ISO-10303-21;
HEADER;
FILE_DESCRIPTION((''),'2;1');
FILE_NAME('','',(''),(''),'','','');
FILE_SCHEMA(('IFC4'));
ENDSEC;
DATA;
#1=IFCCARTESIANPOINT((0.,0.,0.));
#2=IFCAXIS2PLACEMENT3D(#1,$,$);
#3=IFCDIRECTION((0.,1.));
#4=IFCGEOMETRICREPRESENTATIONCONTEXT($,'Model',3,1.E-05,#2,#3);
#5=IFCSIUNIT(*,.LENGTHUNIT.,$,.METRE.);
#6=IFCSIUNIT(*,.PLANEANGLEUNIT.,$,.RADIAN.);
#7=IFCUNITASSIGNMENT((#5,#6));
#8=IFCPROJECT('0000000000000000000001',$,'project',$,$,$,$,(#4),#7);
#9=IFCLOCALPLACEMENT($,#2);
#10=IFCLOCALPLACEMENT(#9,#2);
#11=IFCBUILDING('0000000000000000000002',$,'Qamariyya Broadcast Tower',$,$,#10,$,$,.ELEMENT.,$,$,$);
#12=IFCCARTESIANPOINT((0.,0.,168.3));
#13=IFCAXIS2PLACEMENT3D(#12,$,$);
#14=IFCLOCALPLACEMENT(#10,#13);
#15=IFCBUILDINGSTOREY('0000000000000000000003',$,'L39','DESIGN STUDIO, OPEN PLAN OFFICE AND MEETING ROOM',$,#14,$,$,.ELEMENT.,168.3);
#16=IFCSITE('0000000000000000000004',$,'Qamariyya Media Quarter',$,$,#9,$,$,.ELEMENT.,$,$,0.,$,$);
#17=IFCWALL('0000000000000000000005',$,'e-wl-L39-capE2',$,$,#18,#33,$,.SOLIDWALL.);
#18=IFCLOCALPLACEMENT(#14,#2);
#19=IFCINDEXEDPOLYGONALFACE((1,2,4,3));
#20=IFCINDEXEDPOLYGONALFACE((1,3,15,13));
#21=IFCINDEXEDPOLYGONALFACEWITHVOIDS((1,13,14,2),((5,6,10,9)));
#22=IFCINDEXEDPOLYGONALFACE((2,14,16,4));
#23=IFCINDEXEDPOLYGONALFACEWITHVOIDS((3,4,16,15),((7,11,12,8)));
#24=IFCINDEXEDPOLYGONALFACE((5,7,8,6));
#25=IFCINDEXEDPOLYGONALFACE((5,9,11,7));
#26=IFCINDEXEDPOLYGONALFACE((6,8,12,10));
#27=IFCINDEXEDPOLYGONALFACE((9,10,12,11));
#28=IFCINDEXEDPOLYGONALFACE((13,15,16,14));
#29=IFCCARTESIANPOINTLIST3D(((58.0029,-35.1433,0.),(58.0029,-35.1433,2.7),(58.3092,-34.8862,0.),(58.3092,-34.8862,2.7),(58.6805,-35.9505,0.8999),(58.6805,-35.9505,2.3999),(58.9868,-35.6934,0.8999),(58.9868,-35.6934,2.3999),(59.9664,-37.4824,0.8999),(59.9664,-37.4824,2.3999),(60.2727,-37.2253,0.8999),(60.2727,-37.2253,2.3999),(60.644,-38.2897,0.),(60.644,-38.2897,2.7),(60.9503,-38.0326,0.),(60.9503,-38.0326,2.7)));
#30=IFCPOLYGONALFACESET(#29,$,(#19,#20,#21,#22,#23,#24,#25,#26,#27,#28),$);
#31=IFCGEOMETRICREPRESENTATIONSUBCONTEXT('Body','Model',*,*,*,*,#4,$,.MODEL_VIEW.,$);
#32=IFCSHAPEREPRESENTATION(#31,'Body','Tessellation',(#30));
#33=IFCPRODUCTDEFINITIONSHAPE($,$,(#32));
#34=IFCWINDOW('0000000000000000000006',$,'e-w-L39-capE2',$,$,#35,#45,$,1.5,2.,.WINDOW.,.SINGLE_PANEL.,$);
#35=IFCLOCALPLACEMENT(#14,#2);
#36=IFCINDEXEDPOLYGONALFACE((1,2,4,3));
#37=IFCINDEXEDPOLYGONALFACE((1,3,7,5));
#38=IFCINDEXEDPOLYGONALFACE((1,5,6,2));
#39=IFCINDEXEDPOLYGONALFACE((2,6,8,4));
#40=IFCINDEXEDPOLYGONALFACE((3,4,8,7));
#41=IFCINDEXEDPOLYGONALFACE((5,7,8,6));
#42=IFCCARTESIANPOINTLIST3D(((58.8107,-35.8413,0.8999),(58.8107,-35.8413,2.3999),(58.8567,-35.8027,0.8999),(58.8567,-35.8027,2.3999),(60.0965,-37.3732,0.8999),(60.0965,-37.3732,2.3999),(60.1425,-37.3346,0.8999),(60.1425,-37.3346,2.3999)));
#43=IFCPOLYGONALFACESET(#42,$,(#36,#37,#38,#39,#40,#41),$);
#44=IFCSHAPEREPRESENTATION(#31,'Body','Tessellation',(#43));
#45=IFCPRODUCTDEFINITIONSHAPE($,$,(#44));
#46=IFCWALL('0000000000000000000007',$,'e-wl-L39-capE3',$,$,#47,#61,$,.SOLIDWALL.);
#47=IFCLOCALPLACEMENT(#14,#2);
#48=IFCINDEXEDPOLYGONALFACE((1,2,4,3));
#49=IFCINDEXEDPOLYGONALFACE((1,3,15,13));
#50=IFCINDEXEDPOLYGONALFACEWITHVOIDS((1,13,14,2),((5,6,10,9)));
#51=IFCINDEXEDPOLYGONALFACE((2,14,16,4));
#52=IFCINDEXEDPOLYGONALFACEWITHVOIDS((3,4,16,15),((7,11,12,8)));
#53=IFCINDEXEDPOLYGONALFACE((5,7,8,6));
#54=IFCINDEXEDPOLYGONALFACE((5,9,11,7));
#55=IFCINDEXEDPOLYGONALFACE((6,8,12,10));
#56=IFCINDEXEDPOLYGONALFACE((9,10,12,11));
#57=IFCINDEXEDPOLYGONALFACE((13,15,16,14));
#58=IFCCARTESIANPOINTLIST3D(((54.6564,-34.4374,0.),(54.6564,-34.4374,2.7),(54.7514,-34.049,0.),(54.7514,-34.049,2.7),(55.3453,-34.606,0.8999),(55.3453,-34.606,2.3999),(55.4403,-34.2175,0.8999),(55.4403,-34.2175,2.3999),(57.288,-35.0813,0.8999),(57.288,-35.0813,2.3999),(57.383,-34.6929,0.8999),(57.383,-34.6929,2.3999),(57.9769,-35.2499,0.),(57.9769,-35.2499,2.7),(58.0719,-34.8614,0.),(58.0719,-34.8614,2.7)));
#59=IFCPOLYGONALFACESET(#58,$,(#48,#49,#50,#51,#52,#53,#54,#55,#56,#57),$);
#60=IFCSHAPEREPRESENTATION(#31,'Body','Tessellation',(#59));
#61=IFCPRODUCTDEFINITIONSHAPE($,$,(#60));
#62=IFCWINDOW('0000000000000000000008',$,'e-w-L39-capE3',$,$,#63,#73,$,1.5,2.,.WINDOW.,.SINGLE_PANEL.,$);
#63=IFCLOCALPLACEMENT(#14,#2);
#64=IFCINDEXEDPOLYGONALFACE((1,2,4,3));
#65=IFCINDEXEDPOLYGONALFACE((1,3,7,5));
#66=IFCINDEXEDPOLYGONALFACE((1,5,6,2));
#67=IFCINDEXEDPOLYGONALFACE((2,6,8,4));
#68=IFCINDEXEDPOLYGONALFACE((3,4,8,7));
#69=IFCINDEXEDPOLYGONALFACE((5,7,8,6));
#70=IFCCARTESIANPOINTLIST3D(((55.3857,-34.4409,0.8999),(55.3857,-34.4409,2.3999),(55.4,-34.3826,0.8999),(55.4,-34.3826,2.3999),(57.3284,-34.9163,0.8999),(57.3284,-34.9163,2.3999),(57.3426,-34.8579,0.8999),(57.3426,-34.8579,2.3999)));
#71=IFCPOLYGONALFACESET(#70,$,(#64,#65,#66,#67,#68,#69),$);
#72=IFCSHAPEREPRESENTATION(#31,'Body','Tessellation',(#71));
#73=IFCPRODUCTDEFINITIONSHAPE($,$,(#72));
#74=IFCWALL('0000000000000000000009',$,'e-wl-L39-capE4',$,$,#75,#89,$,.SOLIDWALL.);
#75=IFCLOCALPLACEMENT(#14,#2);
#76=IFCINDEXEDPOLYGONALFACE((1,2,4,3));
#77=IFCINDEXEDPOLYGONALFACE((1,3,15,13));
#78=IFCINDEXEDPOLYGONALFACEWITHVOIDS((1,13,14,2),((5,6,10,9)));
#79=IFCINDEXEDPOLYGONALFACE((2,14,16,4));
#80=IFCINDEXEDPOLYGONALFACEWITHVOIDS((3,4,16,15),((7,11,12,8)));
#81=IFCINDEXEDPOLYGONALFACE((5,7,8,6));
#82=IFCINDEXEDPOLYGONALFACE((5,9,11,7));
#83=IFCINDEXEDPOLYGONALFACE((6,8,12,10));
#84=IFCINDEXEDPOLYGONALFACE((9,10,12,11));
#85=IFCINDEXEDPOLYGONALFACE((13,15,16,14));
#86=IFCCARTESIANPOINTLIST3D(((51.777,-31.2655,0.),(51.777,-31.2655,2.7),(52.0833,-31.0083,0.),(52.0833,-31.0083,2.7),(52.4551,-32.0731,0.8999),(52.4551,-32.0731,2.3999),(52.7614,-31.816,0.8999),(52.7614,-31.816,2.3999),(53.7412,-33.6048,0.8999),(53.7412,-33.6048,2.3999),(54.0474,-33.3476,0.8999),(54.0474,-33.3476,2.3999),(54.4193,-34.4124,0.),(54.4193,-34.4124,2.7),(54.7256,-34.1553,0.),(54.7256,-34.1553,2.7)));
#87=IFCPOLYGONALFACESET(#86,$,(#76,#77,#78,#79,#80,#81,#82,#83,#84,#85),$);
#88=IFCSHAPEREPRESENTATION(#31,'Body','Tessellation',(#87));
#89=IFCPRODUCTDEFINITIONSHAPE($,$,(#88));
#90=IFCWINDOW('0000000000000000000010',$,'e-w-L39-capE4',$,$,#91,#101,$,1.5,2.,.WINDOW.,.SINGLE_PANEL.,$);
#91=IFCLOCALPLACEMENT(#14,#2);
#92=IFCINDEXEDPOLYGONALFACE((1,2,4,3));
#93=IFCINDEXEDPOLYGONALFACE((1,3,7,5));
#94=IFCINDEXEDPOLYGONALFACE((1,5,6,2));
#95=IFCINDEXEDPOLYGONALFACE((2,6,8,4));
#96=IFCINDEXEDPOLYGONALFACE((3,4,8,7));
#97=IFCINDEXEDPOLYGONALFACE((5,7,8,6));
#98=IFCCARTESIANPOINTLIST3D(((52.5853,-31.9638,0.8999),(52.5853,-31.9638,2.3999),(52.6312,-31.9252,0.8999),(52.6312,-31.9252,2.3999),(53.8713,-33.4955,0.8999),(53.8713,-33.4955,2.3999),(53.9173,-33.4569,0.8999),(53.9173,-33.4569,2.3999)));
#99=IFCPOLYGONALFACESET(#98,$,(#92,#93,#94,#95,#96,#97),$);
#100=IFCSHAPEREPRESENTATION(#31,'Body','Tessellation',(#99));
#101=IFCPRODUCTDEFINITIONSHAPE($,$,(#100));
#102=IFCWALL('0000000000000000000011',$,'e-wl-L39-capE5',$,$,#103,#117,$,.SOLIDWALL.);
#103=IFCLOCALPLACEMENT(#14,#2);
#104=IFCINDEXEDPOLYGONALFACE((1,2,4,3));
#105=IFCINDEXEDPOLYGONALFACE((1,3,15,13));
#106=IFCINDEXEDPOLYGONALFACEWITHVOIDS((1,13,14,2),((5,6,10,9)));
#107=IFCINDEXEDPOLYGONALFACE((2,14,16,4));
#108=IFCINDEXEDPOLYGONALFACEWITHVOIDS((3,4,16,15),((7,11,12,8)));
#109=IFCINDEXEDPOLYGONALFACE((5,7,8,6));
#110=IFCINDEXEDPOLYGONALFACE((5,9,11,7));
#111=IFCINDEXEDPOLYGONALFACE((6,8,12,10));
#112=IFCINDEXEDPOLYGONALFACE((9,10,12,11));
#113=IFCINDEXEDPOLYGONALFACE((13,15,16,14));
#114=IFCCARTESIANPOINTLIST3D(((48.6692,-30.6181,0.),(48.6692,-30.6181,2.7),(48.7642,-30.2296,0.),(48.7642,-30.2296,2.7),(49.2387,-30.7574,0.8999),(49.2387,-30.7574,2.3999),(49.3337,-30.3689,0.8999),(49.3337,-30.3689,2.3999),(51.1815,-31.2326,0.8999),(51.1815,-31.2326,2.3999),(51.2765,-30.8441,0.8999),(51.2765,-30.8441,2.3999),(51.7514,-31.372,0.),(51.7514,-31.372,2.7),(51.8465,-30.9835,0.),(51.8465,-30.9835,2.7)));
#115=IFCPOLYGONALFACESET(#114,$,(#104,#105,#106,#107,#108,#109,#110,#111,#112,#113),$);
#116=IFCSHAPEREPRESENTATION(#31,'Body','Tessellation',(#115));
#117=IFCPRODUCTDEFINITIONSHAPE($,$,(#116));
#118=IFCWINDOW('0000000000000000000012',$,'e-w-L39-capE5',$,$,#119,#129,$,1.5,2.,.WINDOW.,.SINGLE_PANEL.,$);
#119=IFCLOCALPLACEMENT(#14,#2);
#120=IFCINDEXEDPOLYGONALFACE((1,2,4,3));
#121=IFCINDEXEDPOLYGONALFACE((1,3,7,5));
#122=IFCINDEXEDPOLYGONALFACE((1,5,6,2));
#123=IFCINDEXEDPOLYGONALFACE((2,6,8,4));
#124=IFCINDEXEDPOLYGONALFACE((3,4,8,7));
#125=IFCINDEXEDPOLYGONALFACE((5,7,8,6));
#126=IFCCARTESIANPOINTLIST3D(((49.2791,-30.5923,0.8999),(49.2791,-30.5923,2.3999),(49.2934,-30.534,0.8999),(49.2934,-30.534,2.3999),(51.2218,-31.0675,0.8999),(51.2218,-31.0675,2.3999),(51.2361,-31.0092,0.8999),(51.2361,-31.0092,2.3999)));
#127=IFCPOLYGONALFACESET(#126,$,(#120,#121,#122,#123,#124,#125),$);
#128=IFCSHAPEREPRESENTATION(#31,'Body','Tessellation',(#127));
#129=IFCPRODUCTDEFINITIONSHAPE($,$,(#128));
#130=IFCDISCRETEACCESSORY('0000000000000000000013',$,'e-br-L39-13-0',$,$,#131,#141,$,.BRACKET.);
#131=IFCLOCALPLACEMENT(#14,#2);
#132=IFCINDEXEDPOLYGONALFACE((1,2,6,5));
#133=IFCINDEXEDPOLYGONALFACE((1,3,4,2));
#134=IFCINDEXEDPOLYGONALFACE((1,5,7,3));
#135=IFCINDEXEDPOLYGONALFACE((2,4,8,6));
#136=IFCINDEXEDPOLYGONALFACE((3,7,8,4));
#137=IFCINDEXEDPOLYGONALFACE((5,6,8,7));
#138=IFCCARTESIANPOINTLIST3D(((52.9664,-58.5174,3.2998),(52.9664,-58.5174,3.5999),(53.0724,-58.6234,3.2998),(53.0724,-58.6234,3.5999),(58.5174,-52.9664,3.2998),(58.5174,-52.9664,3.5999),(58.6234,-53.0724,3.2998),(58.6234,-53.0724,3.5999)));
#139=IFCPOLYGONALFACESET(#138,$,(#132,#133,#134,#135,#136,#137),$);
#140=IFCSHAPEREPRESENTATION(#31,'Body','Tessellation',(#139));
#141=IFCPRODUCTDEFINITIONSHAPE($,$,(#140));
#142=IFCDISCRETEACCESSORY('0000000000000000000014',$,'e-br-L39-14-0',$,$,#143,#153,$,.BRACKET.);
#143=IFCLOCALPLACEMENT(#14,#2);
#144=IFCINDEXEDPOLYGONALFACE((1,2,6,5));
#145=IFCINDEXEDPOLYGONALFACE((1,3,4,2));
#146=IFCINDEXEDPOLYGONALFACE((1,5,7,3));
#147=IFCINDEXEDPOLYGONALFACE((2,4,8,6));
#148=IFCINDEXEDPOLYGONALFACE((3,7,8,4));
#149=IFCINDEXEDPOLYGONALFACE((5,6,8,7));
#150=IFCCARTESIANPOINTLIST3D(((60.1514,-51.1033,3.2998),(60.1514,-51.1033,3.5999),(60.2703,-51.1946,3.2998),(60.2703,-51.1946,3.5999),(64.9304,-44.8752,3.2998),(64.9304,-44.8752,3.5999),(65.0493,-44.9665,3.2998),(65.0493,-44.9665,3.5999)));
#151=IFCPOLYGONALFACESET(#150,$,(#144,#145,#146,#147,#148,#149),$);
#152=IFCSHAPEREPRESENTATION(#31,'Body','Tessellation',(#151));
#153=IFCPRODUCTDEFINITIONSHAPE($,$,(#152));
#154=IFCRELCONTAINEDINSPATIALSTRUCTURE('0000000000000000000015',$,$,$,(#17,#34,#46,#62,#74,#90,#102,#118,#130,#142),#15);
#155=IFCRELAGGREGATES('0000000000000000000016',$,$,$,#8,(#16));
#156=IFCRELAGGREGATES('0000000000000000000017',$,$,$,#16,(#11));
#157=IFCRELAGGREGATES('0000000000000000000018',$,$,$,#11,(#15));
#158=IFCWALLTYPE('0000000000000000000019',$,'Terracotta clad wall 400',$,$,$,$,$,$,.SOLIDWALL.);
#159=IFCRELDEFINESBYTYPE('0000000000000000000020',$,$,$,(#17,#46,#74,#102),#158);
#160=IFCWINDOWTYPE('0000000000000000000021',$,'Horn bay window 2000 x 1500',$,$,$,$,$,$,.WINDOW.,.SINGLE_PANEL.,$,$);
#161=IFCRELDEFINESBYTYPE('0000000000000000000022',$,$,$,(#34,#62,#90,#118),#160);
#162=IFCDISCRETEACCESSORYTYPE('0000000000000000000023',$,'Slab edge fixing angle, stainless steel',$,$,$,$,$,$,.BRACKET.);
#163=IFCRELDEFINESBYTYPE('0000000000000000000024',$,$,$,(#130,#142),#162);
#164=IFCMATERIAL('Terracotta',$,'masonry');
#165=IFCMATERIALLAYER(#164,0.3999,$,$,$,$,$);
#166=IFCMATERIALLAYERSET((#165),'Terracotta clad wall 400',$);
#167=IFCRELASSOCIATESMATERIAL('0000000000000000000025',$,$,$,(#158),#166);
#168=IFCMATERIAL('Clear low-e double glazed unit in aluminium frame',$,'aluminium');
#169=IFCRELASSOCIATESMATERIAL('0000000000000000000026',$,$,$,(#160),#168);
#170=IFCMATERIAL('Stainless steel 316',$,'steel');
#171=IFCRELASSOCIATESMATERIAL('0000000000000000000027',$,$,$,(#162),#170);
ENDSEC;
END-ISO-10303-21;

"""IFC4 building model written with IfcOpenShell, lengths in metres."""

from ifc_helpers import new_model, si_unit, direction, frame, frame_2d, origin, origin_2d, place, context, subcontext, project, spatial, rectangle, extrude, material, layer, layer_set, type_object, element, fill, save


model = new_model("IFC4")

# Units and contexts
model_context = context("Model", 3, precision=1e-05, world=origin(), true_north=direction((0.0, 1.0)))
body_context = subcontext(model_context, "Body", "Model", "MODEL_VIEW")
ifc_project = project(units=[si_unit("LENGTHUNIT", "METRE"), si_unit("PLANEANGLEUNIT", "RADIAN")], contexts=[model_context])

# Site, building, storey
site_placement = place(None, origin())
site = spatial("IfcSite", under=ifc_project, at=site_placement, Name="Qamariyya Media Quarter", CompositionType="ELEMENT", RefElevation=0.0)
building_placement = place(site_placement, origin())
building = spatial("IfcBuilding", under=site, at=building_placement, Name="Qamariyya Broadcast Tower", CompositionType="ELEMENT")
storey_placement = place(building_placement, frame((0.0, 0.0, 168.3)))
storey = spatial("IfcBuildingStorey", under=building, at=storey_placement, Name="L39", Description="DESIGN STUDIO, OPEN PLAN OFFICE AND MEETING ROOM", CompositionType="ELEMENT", Elevation=168.3)

# Walls, openings, windows
ifc_material_1 = material(Name="Terracotta", Category="masonry")
ifc_layer = layer(ifc_material_1, 0.3999)
ifc_layer_set = layer_set([ifc_layer], Name="Terracotta clad wall 400")
wall_type = type_object("IfcWallType", Name="Terracotta clad wall 400", PredefinedType="SOLIDWALL", material=ifc_layer_set)
ifc_material_2 = material(Name="Clear low-e double glazed unit in aluminium frame", Category="aluminium")
window_type = type_object("IfcWindowType", Name="Horn bay window 2000 x 1500", PartitioningType="SINGLE_PANEL", PredefinedType="WINDOW", material=ifc_material_2)
wall_1_placement = place(storey_placement, frame((60.7971, -38.1611, 0.0), z_axis=(0.0, 0.0, 1.0), x_axis=(-0.642916, 0.765937, 0.0)))
wall_1 = element("IfcWall", 1, at=wall_1_placement, inside=storey, type_object=wall_type, Name="e-wl-L39-capE2", PredefinedType="SOLIDWALL", context=body_context, shape_type="SweptSolid", body=[
    extrude(rectangle(XDim=4.1079, YDim=0.3999, at=frame_2d((2.054, 0.0))), origin(), (0.0, 0.0, 1.0), 2.7),
])
opening_1_placement = place(wall_1_placement, frame((1.054, 0.0, 0.8999)))
opening_1 = element("IfcOpeningElement", 2, at=opening_1_placement, cuts=wall_1, PredefinedType="OPENING", context=body_context, shape_type="SweptSolid", body=[
    extrude(rectangle(XDim=2.0, YDim=1.5, at=frame_2d((1.0, 0.75))), frame((0.0, 0.21, 0.0), z_axis=(0.0, -1.0, 0.0), x_axis=(1.0, 0.0, 0.0)), (0.0, 0.0, 1.0), 0.4199),
])
window_1_placement = place(opening_1_placement, origin())
window_1 = element("IfcWindow", 3, at=window_1_placement, inside=storey, type_object=window_type, Name="e-w-L39-capE2", OverallHeight=1.5, OverallWidth=2.0, PartitioningType="SINGLE_PANEL", PredefinedType="WINDOW", context=body_context, shape_type="SweptSolid", body=[
    extrude(rectangle(XDim=2.0, YDim=1.5, at=frame_2d((1.0, 0.75))), frame((0.0, 0.03, 0.0), z_axis=(0.0, -1.0, 0.0), x_axis=(1.0, 0.0, 0.0)), (0.0, 0.0, 1.0), 0.0601),
])
fill(opening_1, window_1)
wall_2_placement = place(storey_placement, frame((58.0244, -35.0557, 0.0), z_axis=(0.0, 0.0, 1.0), x_axis=(-0.971344, 0.237676, 0.0)))
wall_2 = element("IfcWall", 4, at=wall_2_placement, inside=storey, type_object=wall_type, Name="e-wl-L39-capE3", PredefinedType="SOLIDWALL", context=body_context, shape_type="SweptSolid", body=[
    extrude(rectangle(XDim=3.4185, YDim=0.3999, at=frame_2d((1.7092, 0.0))), origin(), (0.0, 0.0, 1.0), 2.7),
])
opening_2_placement = place(wall_2_placement, frame((0.7092, 0.0, 0.8999)))
opening_2 = element("IfcOpeningElement", 5, at=opening_2_placement, cuts=wall_2, PredefinedType="OPENING", context=body_context, shape_type="SweptSolid", body=[
    extrude(rectangle(XDim=2.0, YDim=1.5, at=frame_2d((1.0, 0.75))), frame((0.0, 0.21, 0.0), z_axis=(0.0, -1.0, 0.0), x_axis=(1.0, 0.0, 0.0)), (0.0, 0.0, 1.0), 0.4199),
])
window_2_placement = place(opening_2_placement, origin())
window_2 = element("IfcWindow", 6, at=window_2_placement, inside=storey, type_object=window_type, Name="e-w-L39-capE3", OverallHeight=1.5, OverallWidth=2.0, PartitioningType="SINGLE_PANEL", PredefinedType="WINDOW", context=body_context, shape_type="SweptSolid", body=[
    extrude(rectangle(XDim=2.0, YDim=1.5, at=frame_2d((1.0, 0.75))), frame((0.0, 0.03, 0.0), z_axis=(0.0, -1.0, 0.0), x_axis=(1.0, 0.0, 0.0)), (0.0, 0.0, 1.0), 0.0601),
])
fill(opening_2, window_2)
wall_3_placement = place(storey_placement, frame((54.5725, -34.2839, 0.0), z_axis=(0.0, 0.0, 1.0), x_axis=(-0.643032, 0.765839, 0.0)))
wall_3 = element("IfcWall", 7, at=wall_3_placement, inside=storey, type_object=wall_type, Name="e-wl-L39-capE4", PredefinedType="SOLIDWALL", context=body_context, shape_type="SweptSolid", body=[
    extrude(rectangle(XDim=4.1091, YDim=0.3999, at=frame_2d((2.0547, 0.0))), origin(), (0.0, 0.0, 1.0), 2.7),
])
opening_3_placement = place(wall_3_placement, frame((1.0547, 0.0, 0.8999)))
opening_3 = element("IfcOpeningElement", 8, at=opening_3_placement, cuts=wall_3, PredefinedType="OPENING", context=body_context, shape_type="SweptSolid", body=[
    extrude(rectangle(XDim=2.0, YDim=1.5, at=frame_2d((1.0, 0.75))), frame((0.0, 0.21, 0.0), z_axis=(0.0, -1.0, 0.0), x_axis=(1.0, 0.0, 0.0)), (0.0, 0.0, 1.0), 0.4199),
])
window_3_placement = place(opening_3_placement, origin())
window_3 = element("IfcWindow", 9, at=window_3_placement, inside=storey, type_object=window_type, Name="e-w-L39-capE4", OverallHeight=1.5, OverallWidth=2.0, PartitioningType="SINGLE_PANEL", PredefinedType="WINDOW", context=body_context, shape_type="SweptSolid", body=[
    extrude(rectangle(XDim=2.0, YDim=1.5, at=frame_2d((1.0, 0.75))), frame((0.0, 0.03, 0.0), z_axis=(0.0, -1.0, 0.0), x_axis=(1.0, 0.0, 0.0)), (0.0, 0.0, 1.0), 0.0601),
])
fill(opening_3, window_3)
wall_4_placement = place(storey_placement, frame((51.7988, -31.1777, 0.0), z_axis=(0.0, 0.0, 1.0), x_axis=(-0.971365, 0.23759, 0.0)))
wall_4 = element("IfcWall", 10, at=wall_4_placement, inside=storey, type_object=wall_type, Name="e-wl-L39-capE5", PredefinedType="SOLIDWALL", context=body_context, shape_type="SweptSolid", body=[
    extrude(rectangle(XDim=3.1731, YDim=0.3999, at=frame_2d((1.5864, 0.0))), origin(), (0.0, 0.0, 1.0), 2.7),
])
opening_4_placement = place(wall_4_placement, frame((0.5867, 0.0, 0.8999)))
opening_4 = element("IfcOpeningElement", 11, at=opening_4_placement, cuts=wall_4, PredefinedType="OPENING", context=body_context, shape_type="SweptSolid", body=[
    extrude(rectangle(XDim=2.0, YDim=1.5, at=frame_2d((1.0, 0.75))), frame((0.0, 0.21, 0.0), z_axis=(0.0, -1.0, 0.0), x_axis=(1.0, 0.0, 0.0)), (0.0, 0.0, 1.0), 0.4199),
])
window_4_placement = place(opening_4_placement, origin())
window_4 = element("IfcWindow", 12, at=window_4_placement, inside=storey, type_object=window_type, Name="e-w-L39-capE5", OverallHeight=1.5, OverallWidth=2.0, PartitioningType="SINGLE_PANEL", PredefinedType="WINDOW", context=body_context, shape_type="SweptSolid", body=[
    extrude(rectangle(XDim=2.0, YDim=1.5, at=frame_2d((1.0, 0.75))), frame((0.0, 0.03, 0.0), z_axis=(0.0, -1.0, 0.0), x_axis=(1.0, 0.0, 0.0)), (0.0, 0.0, 1.0), 0.0601),
])
fill(opening_4, window_4)

# Discrete accessories
ifc_material_3 = material(Name="Stainless steel 316", Category="steel")
discrete_accessory_type = type_object("IfcDiscreteAccessoryType", Name="Slab edge fixing angle, stainless steel", PredefinedType="BRACKET", material=ifc_material_3)
for number, where, z_axis, x_axis, name in (
    (13, (55.7949, -55.7949, 3.2998), (0.0, 0.0, 1.0), (0.707107, 0.707107, 0.0), "e-br-L39-13-0"),
    (14, (62.6003, -48.0349, 3.2998), (0.0, 0.0, 1.0), (0.608761, 0.793353, 0.0), "e-br-L39-14-0"),
):
    element("IfcDiscreteAccessory", number, at=place(storey_placement, frame(where, z_axis=z_axis, x_axis=x_axis)), inside=storey, type_object=discrete_accessory_type, Name=name, PredefinedType="BRACKET", context=body_context, shape_type="SweptSolid", body=[
        extrude(rectangle(XDim=7.8503, YDim=0.1499, at=origin_2d()), origin(), (0.0, 0.0, 1.0), 0.3),
    ])

save(model, "model.ifc")
